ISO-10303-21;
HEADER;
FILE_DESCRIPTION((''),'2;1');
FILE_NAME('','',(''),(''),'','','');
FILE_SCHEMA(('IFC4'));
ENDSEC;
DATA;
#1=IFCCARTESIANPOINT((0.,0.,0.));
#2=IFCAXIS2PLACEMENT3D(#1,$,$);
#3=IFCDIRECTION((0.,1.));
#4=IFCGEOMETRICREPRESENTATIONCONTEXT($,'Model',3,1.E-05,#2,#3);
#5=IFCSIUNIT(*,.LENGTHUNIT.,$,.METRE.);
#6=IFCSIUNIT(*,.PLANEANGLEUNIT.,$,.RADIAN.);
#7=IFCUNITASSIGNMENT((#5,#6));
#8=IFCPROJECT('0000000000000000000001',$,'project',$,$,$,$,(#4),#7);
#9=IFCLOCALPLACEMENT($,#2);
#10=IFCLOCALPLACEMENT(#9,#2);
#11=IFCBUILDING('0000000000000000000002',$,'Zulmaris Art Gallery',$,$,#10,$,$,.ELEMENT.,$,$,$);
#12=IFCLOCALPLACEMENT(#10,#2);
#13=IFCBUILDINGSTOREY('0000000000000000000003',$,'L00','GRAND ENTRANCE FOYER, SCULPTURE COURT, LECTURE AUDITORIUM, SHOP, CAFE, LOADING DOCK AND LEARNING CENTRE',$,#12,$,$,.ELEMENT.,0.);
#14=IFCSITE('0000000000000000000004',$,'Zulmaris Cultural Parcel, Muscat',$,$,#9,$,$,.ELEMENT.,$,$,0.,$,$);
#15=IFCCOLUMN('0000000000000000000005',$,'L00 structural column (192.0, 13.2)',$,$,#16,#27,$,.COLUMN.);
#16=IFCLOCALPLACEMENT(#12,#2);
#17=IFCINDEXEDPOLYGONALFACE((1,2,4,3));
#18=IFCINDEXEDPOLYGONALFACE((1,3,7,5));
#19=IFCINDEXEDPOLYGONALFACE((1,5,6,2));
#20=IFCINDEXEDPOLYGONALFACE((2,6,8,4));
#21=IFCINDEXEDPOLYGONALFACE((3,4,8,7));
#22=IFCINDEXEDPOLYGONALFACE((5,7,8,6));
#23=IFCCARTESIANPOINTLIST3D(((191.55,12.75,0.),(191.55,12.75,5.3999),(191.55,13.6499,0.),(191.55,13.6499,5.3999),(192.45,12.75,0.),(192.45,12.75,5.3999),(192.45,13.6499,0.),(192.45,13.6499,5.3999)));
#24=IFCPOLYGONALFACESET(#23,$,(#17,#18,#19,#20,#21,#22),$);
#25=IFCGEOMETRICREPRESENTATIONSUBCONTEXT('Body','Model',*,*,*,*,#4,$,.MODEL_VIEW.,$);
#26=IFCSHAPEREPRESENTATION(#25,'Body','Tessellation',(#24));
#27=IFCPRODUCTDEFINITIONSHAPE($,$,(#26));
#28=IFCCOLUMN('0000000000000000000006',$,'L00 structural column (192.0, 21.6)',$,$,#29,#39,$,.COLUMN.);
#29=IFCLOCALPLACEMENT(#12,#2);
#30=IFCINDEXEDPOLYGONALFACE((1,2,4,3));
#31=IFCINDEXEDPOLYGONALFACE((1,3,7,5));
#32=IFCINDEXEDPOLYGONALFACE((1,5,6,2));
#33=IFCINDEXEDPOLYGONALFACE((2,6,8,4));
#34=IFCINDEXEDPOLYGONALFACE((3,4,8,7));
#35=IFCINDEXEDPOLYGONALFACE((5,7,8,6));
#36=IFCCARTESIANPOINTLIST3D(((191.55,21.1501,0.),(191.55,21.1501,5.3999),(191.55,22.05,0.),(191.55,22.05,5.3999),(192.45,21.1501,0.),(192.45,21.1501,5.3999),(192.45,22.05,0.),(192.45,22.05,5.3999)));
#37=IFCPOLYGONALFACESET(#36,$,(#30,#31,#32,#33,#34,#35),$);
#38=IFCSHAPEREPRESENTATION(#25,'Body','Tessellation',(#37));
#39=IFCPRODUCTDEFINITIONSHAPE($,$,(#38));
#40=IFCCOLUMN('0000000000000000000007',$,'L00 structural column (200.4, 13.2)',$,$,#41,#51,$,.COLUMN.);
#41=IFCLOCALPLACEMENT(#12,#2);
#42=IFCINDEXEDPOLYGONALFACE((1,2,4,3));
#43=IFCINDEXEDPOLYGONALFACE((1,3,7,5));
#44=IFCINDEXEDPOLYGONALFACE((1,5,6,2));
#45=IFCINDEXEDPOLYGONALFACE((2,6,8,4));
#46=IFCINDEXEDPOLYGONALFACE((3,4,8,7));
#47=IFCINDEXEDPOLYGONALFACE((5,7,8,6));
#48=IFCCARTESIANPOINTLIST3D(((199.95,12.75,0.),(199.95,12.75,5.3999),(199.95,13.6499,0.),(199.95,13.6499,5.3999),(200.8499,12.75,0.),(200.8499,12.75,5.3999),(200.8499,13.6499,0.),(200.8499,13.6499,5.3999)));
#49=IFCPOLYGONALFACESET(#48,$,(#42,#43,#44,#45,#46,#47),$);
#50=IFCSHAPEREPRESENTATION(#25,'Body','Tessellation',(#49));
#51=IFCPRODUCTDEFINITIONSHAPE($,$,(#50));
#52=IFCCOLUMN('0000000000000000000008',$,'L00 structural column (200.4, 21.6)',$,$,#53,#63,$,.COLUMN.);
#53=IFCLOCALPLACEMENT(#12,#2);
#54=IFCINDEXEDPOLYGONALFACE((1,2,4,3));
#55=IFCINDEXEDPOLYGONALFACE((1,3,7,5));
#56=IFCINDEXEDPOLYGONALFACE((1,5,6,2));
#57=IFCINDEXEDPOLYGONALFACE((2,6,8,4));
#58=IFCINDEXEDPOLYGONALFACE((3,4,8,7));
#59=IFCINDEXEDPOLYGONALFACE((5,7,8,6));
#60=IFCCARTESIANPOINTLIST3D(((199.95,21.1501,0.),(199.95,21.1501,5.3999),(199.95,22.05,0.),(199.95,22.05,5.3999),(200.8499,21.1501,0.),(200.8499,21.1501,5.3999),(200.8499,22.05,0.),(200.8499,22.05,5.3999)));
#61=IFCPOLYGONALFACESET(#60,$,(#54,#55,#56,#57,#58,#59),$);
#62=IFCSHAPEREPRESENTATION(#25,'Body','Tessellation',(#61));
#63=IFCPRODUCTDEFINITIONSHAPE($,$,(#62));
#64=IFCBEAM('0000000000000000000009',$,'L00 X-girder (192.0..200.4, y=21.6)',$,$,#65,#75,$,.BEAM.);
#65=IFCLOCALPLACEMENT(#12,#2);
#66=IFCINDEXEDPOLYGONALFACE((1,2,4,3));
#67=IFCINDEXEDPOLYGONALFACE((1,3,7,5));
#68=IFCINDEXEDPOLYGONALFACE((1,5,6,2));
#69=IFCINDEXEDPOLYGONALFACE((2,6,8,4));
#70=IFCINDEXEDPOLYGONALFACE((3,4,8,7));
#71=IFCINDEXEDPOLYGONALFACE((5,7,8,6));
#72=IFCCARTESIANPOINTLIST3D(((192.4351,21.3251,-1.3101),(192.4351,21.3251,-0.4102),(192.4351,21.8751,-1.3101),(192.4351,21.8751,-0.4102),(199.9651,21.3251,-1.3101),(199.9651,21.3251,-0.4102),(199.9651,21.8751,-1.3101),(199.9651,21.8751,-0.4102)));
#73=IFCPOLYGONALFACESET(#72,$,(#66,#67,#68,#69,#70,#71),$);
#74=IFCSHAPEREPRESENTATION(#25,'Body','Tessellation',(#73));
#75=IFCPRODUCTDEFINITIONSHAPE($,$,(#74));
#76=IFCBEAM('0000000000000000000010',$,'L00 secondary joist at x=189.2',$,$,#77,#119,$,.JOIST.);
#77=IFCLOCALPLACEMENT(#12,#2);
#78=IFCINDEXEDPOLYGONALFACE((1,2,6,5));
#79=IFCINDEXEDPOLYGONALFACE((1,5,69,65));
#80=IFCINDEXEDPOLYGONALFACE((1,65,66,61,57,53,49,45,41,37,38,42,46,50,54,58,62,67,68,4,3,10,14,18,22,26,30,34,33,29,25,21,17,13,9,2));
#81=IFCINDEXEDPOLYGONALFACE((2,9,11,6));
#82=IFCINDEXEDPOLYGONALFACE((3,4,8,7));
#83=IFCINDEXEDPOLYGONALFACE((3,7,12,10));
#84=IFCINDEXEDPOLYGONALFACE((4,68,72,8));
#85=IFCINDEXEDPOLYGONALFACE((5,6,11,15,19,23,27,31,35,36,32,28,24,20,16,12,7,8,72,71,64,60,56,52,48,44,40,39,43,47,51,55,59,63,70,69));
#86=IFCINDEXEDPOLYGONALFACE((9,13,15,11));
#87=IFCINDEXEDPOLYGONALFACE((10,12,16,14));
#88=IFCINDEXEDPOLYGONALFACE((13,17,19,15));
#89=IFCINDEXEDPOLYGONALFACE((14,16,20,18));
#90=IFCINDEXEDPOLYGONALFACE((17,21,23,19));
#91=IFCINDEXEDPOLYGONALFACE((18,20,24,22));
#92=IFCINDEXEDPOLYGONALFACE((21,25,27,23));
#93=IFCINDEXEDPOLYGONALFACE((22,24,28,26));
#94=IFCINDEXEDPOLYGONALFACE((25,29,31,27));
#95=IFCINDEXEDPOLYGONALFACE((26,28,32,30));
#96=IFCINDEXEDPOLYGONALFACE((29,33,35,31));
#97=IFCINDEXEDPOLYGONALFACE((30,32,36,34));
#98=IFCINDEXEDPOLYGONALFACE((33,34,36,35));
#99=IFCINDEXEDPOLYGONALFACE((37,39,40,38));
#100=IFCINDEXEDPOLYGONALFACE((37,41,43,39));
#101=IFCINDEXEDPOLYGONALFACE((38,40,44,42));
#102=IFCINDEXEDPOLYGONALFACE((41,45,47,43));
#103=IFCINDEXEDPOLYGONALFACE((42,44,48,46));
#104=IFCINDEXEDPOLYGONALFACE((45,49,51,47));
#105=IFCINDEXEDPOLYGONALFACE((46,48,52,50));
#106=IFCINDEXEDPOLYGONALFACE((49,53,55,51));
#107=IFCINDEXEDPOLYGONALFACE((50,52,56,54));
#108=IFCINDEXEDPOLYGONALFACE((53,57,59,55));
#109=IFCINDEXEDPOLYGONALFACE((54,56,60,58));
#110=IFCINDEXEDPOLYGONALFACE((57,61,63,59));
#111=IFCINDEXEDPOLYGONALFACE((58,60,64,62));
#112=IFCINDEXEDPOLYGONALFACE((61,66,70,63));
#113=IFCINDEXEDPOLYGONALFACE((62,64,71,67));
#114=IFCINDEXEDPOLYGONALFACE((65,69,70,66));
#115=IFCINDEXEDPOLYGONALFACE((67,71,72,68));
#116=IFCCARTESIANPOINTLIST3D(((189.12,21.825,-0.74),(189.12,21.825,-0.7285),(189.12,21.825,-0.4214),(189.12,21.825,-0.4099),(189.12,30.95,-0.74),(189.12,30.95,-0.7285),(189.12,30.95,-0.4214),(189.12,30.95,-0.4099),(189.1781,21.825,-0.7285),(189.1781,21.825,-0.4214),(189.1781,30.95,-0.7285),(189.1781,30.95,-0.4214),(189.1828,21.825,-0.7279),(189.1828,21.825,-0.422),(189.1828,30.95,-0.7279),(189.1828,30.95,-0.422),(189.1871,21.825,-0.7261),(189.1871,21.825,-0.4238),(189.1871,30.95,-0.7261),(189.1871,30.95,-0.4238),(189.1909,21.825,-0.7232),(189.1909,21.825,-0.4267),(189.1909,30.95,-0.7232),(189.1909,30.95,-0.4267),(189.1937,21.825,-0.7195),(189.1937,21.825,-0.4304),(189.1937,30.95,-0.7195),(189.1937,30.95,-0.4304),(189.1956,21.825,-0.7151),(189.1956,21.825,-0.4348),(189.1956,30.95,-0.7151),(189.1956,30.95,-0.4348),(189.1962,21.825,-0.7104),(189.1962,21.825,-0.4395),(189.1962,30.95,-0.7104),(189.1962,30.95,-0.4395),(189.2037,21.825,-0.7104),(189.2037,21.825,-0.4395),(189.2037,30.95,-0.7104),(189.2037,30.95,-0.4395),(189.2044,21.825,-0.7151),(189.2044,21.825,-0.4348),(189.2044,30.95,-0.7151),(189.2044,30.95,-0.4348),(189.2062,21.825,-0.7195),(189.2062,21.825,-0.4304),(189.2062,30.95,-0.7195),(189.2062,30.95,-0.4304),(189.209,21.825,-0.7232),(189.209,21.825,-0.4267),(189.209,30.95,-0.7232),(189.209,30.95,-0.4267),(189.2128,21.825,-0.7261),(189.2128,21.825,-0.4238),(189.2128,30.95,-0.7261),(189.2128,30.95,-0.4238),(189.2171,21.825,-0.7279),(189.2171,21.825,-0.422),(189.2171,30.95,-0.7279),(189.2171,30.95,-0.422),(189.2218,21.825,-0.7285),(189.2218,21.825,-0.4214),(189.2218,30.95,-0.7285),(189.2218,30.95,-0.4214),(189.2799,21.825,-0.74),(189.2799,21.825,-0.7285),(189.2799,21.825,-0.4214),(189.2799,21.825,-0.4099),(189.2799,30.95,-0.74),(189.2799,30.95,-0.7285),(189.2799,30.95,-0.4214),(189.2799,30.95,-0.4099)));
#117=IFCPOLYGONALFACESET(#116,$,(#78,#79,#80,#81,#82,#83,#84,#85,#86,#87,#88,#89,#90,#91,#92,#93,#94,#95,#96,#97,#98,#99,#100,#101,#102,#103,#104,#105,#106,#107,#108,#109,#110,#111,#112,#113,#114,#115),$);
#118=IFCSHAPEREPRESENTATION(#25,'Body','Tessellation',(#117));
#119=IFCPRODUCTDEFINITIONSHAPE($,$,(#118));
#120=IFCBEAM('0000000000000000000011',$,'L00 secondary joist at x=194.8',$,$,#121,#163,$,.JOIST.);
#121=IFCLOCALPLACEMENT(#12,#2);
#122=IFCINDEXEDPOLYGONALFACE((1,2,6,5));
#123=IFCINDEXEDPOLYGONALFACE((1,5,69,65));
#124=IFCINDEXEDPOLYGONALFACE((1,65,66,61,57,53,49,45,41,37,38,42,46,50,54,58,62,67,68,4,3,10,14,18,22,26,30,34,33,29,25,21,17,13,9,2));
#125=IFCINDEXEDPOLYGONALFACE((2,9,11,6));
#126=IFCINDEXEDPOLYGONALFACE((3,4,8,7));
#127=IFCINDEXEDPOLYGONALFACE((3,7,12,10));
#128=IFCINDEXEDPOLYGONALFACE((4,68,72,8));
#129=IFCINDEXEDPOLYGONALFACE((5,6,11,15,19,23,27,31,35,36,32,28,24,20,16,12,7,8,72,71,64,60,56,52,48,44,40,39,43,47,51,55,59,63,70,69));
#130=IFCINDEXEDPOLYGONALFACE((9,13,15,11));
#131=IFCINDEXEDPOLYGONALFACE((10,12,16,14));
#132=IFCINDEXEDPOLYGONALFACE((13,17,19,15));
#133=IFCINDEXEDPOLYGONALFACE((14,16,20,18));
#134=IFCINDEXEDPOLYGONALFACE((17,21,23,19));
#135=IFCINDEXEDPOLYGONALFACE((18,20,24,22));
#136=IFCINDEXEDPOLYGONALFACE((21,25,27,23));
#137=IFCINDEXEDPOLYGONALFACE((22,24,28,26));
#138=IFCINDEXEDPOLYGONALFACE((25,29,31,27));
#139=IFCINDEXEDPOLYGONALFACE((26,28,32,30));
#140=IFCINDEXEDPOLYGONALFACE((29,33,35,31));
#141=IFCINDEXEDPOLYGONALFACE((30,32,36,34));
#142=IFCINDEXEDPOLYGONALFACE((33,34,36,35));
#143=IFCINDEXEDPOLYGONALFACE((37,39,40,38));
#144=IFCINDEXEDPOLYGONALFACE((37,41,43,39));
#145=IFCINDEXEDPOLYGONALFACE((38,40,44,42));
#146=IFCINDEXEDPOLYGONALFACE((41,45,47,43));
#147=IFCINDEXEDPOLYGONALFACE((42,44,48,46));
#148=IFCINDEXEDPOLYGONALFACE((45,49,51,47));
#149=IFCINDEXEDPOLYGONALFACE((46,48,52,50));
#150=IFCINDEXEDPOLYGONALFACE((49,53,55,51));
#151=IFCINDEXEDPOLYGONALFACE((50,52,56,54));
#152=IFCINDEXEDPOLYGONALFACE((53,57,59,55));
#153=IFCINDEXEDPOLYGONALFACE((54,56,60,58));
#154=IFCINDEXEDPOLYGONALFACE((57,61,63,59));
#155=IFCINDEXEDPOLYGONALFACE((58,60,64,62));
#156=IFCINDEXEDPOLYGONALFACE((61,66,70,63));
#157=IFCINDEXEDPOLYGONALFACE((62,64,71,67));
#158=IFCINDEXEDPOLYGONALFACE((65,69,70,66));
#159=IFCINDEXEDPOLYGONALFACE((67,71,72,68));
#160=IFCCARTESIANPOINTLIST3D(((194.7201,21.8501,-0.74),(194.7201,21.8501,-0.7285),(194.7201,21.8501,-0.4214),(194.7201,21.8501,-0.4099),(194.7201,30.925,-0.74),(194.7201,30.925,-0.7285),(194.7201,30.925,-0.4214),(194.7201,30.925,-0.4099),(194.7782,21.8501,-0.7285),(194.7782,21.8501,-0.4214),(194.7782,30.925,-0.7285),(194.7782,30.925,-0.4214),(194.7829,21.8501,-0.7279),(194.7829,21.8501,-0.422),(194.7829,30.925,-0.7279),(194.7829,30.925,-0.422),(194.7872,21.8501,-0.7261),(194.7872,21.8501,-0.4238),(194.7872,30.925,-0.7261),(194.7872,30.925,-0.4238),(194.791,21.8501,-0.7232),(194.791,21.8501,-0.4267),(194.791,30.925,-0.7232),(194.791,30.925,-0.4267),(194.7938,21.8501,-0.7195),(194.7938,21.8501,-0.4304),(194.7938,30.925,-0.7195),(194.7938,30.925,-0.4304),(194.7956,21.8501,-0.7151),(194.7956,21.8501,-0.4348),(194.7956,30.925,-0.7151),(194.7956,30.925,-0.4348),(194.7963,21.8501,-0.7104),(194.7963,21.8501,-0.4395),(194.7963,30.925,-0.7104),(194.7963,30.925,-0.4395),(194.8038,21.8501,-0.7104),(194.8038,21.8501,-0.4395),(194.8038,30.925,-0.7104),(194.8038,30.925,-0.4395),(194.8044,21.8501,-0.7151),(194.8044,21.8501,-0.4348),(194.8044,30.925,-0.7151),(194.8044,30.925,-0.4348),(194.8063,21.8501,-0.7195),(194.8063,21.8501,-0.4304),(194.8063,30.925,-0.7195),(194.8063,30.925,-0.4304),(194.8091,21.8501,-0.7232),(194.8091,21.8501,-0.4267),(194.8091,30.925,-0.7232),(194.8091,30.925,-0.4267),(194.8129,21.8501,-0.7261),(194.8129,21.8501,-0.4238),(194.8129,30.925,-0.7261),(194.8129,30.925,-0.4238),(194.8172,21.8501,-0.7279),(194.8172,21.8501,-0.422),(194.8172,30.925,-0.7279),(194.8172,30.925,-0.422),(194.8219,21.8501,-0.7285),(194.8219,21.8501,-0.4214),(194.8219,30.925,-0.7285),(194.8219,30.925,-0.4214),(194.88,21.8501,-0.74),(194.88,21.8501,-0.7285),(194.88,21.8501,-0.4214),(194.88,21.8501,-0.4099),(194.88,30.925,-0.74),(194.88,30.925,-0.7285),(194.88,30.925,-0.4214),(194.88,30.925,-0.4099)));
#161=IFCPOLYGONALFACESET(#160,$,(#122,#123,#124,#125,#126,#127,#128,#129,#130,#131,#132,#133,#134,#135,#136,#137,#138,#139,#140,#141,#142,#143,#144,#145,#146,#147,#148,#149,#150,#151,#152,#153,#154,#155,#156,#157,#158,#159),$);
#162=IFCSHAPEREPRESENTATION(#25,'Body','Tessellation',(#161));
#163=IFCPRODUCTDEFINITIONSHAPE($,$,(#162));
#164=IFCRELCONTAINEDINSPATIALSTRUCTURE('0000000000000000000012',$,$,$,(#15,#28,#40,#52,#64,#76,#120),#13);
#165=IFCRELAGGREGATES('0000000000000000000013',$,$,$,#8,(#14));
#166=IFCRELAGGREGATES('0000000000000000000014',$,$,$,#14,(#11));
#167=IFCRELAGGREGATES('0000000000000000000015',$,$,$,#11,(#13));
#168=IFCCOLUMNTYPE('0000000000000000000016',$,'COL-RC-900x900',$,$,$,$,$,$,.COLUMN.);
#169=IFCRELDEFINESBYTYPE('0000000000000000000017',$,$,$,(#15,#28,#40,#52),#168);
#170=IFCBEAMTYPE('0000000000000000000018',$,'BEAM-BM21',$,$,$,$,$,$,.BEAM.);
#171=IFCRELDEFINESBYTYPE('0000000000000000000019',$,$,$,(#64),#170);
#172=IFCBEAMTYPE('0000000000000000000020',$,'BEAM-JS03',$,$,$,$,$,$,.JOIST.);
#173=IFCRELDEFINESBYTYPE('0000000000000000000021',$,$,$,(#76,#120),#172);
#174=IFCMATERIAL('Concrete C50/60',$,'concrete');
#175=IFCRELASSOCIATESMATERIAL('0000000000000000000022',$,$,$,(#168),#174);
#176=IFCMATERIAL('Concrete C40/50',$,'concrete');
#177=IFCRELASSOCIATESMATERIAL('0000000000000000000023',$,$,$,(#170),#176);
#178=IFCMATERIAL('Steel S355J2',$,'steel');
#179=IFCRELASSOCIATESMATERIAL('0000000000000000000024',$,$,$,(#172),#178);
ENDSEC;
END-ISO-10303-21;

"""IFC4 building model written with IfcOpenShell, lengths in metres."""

from ifc_helpers import new_model, si_unit, direction, frame, origin, origin_2d, place, context, subcontext, project, spatial, rectangle, i_section, extrude, material, material_profile, profile_set, type_object, element, save


model = new_model("IFC4")

# Units and contexts
model_context = context("Model", 3, precision=1e-05, world=origin(), true_north=direction((0.0, 1.0)))
body_context = subcontext(model_context, "Body", "Model", "MODEL_VIEW")
ifc_project = project(units=[si_unit("LENGTHUNIT", "METRE"), si_unit("PLANEANGLEUNIT", "RADIAN")], contexts=[model_context])

# Site, building, storey
site_placement = place(None, origin())
site = spatial("IfcSite", under=ifc_project, at=site_placement, Name="Zulmaris Cultural Parcel, Muscat", CompositionType="ELEMENT", RefElevation=0.0)
building_placement = place(site_placement, origin())
building = spatial("IfcBuilding", under=site, at=building_placement, Name="Zulmaris Art Gallery", CompositionType="ELEMENT")
storey_placement = place(building_placement, origin())
storey = spatial("IfcBuildingStorey", under=building, at=storey_placement, Name="L00", Description="GRAND ENTRANCE FOYER, SCULPTURE COURT, LECTURE AUDITORIUM, SHOP, CAFE, LOADING DOCK AND LEARNING CENTRE", CompositionType="ELEMENT", Elevation=0.0)

# Columns
ifc_material_1 = material(Name="Concrete C50/60", Category="concrete")
ifc_material_profile_1 = material_profile(ifc_material_1, rectangle(XDim=0.8999, YDim=0.8999, at=origin_2d()), Name="RC 900x900")
ifc_profile_set_1 = profile_set([ifc_material_profile_1], Name="Concrete C50/60")
column_type = type_object("IfcColumnType", Name="COL-RC-900x900", PredefinedType="COLUMN", material=ifc_profile_set_1)
for number, where, z_axis, x_axis, name in (
    (1, (192.0, 13.2, 0.0), (0.0, 0.0, 1.0), (1.0, 0.0, 0.0), "L00 structural column (192.0, 13.2)"),
    (2, (192.0, 21.6001, 0.0), (0.0, 0.0, 1.0), (1.0, 0.0, 0.0), "L00 structural column (192.0, 21.6)"),
    (3, (200.3999, 13.2, 0.0), (0.0, 0.0, 1.0), (1.0, 0.0, 0.0), "L00 structural column (200.4, 13.2)"),
    (4, (200.3999, 21.6001, 0.0), (0.0, 0.0, 1.0), (1.0, 0.0, 0.0), "L00 structural column (200.4, 21.6)"),
):
    element("IfcColumn", number, at=place(storey_placement, frame(where, z_axis=z_axis, x_axis=x_axis)), inside=storey, type_object=column_type, Name=name, PredefinedType="COLUMN", context=body_context, shape_type="SweptSolid", body=[
        extrude(rectangle(XDim=0.8999, YDim=0.8999, at=origin_2d()), origin(), (0.0, 0.0, 1.0), 5.3999),
    ])

# Beams
ifc_material_2 = material(Name="Concrete C40/50", Category="concrete")
ifc_material_profile_2 = material_profile(ifc_material_2, rectangle(XDim=0.55, YDim=0.8999, at=origin_2d()), Name="RC 550x900")
ifc_profile_set_2 = profile_set([ifc_material_profile_2], Name="Concrete C40/50")
beam_type_1 = type_object("IfcBeamType", Name="BEAM-BM21", PredefinedType="BEAM", material=ifc_profile_set_2)
beam_1_placement = place(storey_placement, frame((192.4351, 21.6001, -0.8601), z_axis=(1.0, 0.0, 0.0), x_axis=(0.0, 1.0, 0.0)))
element("IfcBeam", 5, at=beam_1_placement, inside=storey, type_object=beam_type_1, Name="L00 X-girder (192.0..200.4, y=21.6)", PredefinedType="BEAM", context=body_context, shape_type="SweptSolid", body=[
    extrude(rectangle(XDim=0.55, YDim=0.8999, at=origin_2d()), origin(), (0.0, 0.0, 1.0), 7.53),
])
ifc_material_3 = material(Name="Steel S355J2", Category="steel")
ifc_material_profile_3 = material_profile(ifc_material_3, i_section(OverallWidth=0.1599, OverallDepth=0.3301, WebThickness=0.0076, FlangeThickness=0.0115, FilletRadius=0.0181, at=origin_2d()), Name="IPE 330")
ifc_profile_set_3 = profile_set([ifc_material_profile_3], Name="Steel S355J2")
beam_type_2 = type_object("IfcBeamType", Name="BEAM-JS03", PredefinedType="JOIST", material=ifc_profile_set_3)
beam_2_placement = place(storey_placement, frame((189.2, 21.825, -0.575), z_axis=(0.0, 1.0, 0.0), x_axis=(-1.0, 0.0, 0.0)))
element("IfcBeam", 6, at=beam_2_placement, inside=storey, type_object=beam_type_2, Name="L00 secondary joist at x=189.2", PredefinedType="JOIST", context=body_context, shape_type="SweptSolid", body=[
    extrude(i_section(OverallWidth=0.1599, OverallDepth=0.3301, WebThickness=0.0076, FlangeThickness=0.0115, FilletRadius=0.0181, at=origin_2d()), origin(), (0.0, 0.0, 1.0), 9.125),
])
beam_3_placement = place(storey_placement, frame((194.8, 21.8501, -0.575), z_axis=(0.0, 1.0, 0.0), x_axis=(-1.0, 0.0, 0.0)))
element("IfcBeam", 7, at=beam_3_placement, inside=storey, type_object=beam_type_2, Name="L00 secondary joist at x=194.8", PredefinedType="JOIST", context=body_context, shape_type="SweptSolid", body=[
    extrude(i_section(OverallWidth=0.1599, OverallDepth=0.3301, WebThickness=0.0076, FlangeThickness=0.0115, FilletRadius=0.0181, at=origin_2d()), origin(), (0.0, 0.0, 1.0), 9.075),
])

save(model, "model.ifc")
